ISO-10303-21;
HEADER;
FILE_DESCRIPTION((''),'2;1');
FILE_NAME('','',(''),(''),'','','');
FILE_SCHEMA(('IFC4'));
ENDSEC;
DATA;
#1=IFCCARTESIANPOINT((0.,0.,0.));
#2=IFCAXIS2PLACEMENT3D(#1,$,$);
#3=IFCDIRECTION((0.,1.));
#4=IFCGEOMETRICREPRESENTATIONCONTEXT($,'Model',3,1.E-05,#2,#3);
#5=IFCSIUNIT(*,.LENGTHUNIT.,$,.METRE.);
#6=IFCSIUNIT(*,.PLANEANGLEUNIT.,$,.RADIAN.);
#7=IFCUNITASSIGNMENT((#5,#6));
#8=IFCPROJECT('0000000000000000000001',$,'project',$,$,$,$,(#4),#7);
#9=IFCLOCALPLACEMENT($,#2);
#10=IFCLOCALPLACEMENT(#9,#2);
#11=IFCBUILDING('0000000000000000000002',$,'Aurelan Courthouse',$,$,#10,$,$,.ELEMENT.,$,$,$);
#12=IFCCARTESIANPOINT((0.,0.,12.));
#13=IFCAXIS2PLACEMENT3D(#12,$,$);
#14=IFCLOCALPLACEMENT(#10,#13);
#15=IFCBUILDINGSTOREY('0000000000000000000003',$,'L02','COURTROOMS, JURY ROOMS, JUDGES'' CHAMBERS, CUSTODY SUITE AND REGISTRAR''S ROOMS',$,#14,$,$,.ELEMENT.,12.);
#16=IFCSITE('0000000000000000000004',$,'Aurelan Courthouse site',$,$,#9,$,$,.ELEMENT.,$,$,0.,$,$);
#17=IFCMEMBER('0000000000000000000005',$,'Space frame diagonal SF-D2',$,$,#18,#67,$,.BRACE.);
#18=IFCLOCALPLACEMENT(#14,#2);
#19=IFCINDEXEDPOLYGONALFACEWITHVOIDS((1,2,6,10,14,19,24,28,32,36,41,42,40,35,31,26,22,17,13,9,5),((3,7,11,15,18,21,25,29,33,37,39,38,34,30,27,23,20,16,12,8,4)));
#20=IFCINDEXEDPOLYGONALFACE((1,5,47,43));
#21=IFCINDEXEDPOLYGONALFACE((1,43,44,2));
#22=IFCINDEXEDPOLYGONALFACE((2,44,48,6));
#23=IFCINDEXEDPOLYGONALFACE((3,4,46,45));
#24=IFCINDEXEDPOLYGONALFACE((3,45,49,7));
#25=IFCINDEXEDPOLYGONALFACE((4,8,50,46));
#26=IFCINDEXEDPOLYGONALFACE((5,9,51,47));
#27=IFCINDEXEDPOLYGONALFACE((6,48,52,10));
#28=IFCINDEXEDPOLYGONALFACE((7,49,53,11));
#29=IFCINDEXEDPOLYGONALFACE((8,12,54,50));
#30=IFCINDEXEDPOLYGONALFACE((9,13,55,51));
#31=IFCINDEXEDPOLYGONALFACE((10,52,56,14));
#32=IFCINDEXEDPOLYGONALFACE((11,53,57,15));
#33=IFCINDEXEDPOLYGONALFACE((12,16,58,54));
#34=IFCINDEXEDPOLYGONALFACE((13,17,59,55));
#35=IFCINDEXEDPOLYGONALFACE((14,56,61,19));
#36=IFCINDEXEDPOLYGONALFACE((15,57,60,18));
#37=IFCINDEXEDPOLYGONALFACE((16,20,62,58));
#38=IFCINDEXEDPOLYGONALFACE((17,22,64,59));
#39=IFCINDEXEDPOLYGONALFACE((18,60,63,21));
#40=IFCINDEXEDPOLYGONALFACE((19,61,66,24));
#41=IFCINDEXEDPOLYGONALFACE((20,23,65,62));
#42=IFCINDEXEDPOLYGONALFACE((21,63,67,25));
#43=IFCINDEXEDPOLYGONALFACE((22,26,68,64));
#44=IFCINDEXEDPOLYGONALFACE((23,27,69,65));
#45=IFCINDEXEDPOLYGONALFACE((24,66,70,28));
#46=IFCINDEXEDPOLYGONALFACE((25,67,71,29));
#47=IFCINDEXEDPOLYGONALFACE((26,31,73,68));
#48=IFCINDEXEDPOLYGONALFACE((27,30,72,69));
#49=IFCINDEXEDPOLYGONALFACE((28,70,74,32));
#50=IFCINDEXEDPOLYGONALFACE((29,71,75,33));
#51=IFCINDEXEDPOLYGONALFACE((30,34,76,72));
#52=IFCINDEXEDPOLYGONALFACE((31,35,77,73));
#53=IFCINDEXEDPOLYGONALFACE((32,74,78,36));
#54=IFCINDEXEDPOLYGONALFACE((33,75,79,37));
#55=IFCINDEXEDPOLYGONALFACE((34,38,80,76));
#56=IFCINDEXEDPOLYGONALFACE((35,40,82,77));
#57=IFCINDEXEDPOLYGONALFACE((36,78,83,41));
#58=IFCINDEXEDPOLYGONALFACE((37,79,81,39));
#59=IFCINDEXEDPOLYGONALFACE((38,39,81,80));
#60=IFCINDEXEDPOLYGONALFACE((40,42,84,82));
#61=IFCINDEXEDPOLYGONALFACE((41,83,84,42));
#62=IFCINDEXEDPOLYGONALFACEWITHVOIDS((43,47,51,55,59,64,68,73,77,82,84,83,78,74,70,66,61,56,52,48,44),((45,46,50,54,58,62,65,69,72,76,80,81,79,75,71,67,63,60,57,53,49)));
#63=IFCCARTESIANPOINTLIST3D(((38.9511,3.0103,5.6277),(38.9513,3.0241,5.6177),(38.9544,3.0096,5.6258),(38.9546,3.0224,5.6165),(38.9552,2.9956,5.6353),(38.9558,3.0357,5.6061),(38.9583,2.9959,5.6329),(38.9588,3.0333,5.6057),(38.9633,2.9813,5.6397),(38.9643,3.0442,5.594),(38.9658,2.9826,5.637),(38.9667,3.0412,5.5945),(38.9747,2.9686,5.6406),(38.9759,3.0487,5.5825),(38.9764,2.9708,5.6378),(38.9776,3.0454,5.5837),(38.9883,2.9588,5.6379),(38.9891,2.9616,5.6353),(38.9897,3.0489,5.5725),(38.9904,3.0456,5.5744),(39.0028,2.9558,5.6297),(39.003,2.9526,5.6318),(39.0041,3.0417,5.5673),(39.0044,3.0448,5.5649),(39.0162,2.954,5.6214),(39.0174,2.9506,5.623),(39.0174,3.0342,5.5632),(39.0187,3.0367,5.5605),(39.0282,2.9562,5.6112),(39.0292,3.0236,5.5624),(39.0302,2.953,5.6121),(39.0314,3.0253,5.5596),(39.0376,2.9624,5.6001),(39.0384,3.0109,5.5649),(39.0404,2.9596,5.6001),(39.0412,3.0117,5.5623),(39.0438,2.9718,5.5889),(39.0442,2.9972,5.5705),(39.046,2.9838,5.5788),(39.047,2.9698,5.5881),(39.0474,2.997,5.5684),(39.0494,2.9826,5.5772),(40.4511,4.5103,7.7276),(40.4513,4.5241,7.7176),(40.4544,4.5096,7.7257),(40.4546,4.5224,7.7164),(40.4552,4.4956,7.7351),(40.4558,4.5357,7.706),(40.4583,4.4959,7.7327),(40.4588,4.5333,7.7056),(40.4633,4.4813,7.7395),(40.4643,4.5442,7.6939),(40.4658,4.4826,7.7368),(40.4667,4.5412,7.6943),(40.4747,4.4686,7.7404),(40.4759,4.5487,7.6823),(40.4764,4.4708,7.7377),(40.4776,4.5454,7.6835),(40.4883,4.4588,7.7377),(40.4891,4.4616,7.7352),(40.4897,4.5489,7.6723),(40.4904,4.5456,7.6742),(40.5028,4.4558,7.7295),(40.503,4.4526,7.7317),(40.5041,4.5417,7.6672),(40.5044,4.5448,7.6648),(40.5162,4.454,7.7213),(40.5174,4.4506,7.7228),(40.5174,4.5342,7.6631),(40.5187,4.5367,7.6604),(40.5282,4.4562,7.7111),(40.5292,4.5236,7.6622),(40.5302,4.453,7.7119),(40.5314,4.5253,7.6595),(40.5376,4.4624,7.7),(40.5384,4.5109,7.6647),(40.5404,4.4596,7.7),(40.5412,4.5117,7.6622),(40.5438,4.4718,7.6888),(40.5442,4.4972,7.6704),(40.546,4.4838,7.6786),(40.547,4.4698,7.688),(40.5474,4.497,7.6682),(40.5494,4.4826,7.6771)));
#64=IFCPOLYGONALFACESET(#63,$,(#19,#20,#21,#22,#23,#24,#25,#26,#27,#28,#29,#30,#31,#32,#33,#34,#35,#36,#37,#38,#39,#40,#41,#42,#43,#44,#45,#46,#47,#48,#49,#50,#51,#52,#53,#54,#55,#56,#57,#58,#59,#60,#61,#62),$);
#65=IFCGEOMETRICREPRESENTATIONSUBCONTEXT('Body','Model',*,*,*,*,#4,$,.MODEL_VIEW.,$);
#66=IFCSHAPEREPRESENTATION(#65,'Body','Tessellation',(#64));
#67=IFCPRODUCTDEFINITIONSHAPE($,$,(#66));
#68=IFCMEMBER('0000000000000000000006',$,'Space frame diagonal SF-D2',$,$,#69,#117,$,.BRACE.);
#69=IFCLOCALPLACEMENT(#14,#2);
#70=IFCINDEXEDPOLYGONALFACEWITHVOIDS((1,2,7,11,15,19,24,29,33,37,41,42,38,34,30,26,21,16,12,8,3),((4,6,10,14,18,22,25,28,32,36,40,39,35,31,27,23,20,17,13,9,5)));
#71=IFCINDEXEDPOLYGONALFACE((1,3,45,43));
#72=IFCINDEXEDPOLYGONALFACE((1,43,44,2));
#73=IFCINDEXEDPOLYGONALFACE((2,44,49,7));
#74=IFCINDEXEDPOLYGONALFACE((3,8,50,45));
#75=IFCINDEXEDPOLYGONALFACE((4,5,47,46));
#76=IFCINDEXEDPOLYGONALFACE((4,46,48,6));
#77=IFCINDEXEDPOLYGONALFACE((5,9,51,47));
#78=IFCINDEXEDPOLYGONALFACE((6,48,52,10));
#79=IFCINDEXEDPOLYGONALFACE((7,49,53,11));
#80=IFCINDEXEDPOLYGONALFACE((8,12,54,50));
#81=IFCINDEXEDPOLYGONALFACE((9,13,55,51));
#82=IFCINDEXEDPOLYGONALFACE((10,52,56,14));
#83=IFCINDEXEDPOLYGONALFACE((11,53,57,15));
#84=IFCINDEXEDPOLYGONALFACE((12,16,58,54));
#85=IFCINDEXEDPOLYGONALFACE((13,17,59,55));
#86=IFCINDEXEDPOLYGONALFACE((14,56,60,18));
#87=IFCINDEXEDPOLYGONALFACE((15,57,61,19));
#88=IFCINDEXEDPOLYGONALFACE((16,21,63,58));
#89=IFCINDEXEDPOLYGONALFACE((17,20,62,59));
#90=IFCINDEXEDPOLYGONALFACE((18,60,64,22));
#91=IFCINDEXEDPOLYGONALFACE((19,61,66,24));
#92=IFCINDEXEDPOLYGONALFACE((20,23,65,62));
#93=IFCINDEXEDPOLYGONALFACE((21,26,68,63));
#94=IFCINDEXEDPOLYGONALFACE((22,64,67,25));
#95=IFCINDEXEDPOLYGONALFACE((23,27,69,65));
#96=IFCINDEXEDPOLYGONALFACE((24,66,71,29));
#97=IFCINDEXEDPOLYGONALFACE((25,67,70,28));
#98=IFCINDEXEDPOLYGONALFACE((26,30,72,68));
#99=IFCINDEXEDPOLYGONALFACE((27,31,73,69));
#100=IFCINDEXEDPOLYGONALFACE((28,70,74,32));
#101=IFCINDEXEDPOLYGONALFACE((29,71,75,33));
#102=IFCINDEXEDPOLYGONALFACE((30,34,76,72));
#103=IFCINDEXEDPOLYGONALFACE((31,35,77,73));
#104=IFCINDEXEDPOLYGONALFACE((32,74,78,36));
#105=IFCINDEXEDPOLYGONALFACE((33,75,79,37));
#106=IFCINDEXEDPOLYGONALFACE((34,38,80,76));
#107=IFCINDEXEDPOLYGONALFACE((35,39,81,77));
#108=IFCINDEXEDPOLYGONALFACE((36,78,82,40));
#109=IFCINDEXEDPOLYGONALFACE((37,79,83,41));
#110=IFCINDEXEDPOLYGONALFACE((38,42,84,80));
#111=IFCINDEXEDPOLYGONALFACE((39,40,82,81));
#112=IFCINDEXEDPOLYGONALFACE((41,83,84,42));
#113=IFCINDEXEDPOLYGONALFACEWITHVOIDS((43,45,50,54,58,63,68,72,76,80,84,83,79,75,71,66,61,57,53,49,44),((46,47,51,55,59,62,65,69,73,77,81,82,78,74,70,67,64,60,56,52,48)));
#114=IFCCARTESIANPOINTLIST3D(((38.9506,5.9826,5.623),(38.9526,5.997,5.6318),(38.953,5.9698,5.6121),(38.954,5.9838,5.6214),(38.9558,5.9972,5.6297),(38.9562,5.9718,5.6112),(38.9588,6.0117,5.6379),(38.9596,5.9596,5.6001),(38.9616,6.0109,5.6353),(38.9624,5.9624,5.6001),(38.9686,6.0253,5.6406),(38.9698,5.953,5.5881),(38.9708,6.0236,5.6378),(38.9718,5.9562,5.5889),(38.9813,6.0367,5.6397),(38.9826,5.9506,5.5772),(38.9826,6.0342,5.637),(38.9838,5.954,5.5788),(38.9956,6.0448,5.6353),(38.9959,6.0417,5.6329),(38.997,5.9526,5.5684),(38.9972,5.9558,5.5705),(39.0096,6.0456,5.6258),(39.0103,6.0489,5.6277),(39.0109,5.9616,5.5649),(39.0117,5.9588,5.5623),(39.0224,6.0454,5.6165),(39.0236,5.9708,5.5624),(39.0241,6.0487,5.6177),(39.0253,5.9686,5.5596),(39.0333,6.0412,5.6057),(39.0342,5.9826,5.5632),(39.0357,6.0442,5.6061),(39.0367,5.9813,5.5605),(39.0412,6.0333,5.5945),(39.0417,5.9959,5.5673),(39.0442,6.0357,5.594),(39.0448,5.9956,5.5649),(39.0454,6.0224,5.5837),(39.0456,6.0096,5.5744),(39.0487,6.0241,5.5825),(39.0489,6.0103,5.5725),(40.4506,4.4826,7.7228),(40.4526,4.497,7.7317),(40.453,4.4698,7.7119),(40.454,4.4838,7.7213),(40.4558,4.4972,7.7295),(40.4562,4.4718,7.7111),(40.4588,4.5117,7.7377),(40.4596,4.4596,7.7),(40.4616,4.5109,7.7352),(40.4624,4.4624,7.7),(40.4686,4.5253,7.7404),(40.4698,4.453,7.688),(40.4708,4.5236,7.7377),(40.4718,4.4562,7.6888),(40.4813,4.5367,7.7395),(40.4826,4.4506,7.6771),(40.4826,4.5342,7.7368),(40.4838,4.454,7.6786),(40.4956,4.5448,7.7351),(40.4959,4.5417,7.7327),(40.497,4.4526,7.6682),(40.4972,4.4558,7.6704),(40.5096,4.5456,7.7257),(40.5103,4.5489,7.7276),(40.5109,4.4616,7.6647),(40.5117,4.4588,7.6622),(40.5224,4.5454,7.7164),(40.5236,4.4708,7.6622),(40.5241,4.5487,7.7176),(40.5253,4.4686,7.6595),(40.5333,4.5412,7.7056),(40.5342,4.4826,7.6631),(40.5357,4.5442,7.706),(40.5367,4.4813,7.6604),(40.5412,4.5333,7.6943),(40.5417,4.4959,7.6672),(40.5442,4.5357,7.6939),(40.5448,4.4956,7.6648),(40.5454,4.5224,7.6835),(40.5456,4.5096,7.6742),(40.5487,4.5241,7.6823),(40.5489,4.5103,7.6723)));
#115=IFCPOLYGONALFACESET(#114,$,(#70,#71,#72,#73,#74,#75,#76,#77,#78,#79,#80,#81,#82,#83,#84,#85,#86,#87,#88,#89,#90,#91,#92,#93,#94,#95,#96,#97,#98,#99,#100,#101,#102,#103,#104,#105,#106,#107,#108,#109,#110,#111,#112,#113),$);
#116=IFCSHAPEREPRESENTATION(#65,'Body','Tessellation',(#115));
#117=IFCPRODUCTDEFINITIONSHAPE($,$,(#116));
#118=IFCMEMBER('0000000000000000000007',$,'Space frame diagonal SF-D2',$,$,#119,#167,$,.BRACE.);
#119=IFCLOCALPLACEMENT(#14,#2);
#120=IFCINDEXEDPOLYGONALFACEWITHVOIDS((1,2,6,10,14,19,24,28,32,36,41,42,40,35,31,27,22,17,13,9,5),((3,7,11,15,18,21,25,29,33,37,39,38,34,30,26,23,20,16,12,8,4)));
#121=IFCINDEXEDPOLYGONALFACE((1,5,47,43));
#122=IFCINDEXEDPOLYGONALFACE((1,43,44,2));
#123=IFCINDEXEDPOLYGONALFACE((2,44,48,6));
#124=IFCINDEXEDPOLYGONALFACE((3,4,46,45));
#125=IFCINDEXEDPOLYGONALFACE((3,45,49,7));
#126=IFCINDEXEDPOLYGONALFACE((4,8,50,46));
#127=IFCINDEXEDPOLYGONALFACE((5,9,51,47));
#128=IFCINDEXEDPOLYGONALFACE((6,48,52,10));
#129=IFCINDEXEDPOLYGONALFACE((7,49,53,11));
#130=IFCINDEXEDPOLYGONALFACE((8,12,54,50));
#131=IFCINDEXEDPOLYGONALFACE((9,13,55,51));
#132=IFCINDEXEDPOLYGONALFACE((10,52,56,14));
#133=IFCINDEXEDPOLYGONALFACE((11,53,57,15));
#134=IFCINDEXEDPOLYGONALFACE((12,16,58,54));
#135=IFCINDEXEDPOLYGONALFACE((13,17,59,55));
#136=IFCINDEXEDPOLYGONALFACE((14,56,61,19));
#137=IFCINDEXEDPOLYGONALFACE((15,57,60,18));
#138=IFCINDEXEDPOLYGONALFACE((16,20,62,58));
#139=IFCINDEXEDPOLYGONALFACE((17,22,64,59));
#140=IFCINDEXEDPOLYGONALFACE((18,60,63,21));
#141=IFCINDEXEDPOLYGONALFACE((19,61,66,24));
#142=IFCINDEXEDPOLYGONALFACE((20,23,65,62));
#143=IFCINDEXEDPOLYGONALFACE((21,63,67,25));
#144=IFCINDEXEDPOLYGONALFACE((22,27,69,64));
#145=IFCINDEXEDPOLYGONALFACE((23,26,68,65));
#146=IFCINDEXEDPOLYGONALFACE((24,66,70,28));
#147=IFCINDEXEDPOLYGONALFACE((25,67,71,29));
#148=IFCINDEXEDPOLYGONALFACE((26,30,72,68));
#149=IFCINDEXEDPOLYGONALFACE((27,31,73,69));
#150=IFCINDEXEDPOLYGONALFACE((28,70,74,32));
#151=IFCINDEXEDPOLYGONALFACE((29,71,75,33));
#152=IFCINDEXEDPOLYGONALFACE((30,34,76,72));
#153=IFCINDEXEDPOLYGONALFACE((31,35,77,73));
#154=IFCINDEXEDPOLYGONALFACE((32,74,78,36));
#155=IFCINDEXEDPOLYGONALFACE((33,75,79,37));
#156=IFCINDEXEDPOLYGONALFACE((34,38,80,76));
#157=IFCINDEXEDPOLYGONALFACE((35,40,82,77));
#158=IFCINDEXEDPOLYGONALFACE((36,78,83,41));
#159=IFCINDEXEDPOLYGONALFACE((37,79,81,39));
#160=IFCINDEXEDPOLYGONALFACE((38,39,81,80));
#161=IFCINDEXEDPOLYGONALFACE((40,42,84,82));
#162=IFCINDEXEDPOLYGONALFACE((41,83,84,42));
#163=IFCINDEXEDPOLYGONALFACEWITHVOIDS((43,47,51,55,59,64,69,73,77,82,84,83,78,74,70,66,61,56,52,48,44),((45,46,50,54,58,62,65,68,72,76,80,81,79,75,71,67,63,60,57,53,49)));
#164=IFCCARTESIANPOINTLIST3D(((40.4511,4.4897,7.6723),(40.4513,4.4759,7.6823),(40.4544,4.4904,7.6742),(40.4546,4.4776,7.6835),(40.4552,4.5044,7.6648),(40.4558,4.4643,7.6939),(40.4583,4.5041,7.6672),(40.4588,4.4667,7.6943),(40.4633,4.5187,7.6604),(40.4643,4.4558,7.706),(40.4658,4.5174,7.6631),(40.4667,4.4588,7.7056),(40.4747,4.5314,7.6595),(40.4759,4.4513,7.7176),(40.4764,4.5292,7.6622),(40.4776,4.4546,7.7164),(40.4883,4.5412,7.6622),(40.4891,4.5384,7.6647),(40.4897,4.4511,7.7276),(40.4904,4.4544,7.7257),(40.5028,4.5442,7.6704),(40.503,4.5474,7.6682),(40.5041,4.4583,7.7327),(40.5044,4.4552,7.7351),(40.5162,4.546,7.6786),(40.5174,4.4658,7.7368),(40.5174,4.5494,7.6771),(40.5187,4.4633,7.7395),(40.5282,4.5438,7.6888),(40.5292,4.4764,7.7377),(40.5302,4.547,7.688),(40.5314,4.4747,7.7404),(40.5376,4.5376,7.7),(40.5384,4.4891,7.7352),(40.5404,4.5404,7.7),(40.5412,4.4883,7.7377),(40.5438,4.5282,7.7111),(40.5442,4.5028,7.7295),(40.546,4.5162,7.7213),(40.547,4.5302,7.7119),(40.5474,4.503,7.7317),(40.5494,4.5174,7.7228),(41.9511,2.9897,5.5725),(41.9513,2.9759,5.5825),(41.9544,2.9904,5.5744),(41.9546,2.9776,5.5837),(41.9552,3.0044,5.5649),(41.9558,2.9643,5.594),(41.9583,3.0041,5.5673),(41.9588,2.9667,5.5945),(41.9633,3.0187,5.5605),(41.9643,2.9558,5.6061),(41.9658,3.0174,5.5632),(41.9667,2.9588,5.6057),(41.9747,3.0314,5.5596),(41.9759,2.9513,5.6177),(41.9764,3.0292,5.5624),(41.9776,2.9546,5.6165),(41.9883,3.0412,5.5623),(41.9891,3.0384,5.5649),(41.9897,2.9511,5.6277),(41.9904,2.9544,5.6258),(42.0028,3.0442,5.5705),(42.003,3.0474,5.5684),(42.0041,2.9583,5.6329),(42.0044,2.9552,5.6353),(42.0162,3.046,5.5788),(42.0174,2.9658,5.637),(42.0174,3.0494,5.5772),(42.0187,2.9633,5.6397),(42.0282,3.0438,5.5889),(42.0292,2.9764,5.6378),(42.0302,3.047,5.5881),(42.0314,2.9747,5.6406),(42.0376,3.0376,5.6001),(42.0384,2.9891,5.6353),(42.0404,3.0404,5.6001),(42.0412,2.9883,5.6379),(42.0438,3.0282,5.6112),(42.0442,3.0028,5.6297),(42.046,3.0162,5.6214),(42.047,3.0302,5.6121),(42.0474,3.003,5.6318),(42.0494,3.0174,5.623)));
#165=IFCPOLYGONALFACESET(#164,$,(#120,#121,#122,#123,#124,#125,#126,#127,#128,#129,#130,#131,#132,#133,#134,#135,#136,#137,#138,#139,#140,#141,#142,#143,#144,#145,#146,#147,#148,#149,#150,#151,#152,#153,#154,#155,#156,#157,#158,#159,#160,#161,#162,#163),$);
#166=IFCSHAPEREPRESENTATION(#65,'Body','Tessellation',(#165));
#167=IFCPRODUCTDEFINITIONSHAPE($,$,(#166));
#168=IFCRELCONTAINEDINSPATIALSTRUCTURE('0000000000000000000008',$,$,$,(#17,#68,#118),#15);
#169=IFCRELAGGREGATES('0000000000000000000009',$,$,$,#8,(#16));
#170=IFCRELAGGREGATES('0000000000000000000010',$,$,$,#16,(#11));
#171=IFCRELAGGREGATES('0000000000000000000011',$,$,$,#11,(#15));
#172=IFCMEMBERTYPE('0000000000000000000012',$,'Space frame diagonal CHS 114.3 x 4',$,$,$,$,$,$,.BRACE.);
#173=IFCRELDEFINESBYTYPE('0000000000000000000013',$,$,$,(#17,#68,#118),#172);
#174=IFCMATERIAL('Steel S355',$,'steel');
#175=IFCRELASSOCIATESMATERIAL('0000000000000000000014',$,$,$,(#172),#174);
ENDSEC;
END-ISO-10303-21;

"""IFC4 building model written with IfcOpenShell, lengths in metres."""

from ifc_helpers import new_model, si_unit, direction, frame, origin, origin_2d, place, context, subcontext, project, spatial, hollow_circle, extrude, material, material_profile, profile_set, type_object, element, save


model = new_model("IFC4")

# Units and contexts
model_context = context("Model", 3, precision=1e-05, world=origin(), true_north=direction((0.0, 1.0)))
body_context = subcontext(model_context, "Body", "Model", "MODEL_VIEW")
ifc_project = project(units=[si_unit("LENGTHUNIT", "METRE"), si_unit("PLANEANGLEUNIT", "RADIAN")], contexts=[model_context])

# Site, building, storey
site_placement = place(None, origin())
site = spatial("IfcSite", under=ifc_project, at=site_placement, Name="Aurelan Courthouse site", CompositionType="ELEMENT", RefElevation=0.0)
building_placement = place(site_placement, origin())
building = spatial("IfcBuilding", under=site, at=building_placement, Name="Aurelan Courthouse", CompositionType="ELEMENT")
storey_placement = place(building_placement, frame((0.0, 0.0, 12.0)))
storey = spatial("IfcBuildingStorey", under=building, at=storey_placement, Name="L02", Description="COURTROOMS, JURY ROOMS, JUDGES' CHAMBERS, CUSTODY SUITE AND REGISTRAR'S ROOMS", CompositionType="ELEMENT", Elevation=12.0)

# Members
ifc_material_1 = material(Name="Steel S355", Category="steel")
ifc_material_profile_1 = material_profile(ifc_material_1, hollow_circle(Radius=0.0571, WallThickness=0.0039, at=origin_2d()), Name="CHS 114.3 x 4")
ifc_profile_set_1 = profile_set([ifc_material_profile_1], Name="Steel S355")
member_type_1 = type_object("IfcMemberType", Name="Space frame diagonal CHS 114.3 x 4", PredefinedType="BRACE", material=ifc_profile_set_1)
for number, where, z_axis, x_axis, name in (
    (1, (40.5, 4.5, 7.7), (-0.502536, -0.502536, -0.703502), (0.707107, -0.707107, 0.0), "Space frame diagonal SF-D2"),
    (2, (40.5, 4.5, 7.7), (-0.502536, 0.502536, -0.703502), (-0.707107, -0.707107, 0.0), "Space frame diagonal SF-D2"),
    (3, (40.5, 4.5, 7.7), (0.502536, -0.502536, -0.703502), (0.707107, 0.707107, 0.0), "Space frame diagonal SF-D2"),
):
    element("IfcMember", number, at=place(storey_placement, frame(where, z_axis=z_axis, x_axis=x_axis)), inside=storey, type_object=member_type_1, Name=name, PredefinedType="BRACE", context=body_context, shape_type="SweptSolid", body=[
        extrude(hollow_circle(Radius=0.0571, WallThickness=0.0039, at=origin_2d()), origin(), (0.0, 0.0, 1.0), 2.9849),
    ])

save(model, "model.ifc")
